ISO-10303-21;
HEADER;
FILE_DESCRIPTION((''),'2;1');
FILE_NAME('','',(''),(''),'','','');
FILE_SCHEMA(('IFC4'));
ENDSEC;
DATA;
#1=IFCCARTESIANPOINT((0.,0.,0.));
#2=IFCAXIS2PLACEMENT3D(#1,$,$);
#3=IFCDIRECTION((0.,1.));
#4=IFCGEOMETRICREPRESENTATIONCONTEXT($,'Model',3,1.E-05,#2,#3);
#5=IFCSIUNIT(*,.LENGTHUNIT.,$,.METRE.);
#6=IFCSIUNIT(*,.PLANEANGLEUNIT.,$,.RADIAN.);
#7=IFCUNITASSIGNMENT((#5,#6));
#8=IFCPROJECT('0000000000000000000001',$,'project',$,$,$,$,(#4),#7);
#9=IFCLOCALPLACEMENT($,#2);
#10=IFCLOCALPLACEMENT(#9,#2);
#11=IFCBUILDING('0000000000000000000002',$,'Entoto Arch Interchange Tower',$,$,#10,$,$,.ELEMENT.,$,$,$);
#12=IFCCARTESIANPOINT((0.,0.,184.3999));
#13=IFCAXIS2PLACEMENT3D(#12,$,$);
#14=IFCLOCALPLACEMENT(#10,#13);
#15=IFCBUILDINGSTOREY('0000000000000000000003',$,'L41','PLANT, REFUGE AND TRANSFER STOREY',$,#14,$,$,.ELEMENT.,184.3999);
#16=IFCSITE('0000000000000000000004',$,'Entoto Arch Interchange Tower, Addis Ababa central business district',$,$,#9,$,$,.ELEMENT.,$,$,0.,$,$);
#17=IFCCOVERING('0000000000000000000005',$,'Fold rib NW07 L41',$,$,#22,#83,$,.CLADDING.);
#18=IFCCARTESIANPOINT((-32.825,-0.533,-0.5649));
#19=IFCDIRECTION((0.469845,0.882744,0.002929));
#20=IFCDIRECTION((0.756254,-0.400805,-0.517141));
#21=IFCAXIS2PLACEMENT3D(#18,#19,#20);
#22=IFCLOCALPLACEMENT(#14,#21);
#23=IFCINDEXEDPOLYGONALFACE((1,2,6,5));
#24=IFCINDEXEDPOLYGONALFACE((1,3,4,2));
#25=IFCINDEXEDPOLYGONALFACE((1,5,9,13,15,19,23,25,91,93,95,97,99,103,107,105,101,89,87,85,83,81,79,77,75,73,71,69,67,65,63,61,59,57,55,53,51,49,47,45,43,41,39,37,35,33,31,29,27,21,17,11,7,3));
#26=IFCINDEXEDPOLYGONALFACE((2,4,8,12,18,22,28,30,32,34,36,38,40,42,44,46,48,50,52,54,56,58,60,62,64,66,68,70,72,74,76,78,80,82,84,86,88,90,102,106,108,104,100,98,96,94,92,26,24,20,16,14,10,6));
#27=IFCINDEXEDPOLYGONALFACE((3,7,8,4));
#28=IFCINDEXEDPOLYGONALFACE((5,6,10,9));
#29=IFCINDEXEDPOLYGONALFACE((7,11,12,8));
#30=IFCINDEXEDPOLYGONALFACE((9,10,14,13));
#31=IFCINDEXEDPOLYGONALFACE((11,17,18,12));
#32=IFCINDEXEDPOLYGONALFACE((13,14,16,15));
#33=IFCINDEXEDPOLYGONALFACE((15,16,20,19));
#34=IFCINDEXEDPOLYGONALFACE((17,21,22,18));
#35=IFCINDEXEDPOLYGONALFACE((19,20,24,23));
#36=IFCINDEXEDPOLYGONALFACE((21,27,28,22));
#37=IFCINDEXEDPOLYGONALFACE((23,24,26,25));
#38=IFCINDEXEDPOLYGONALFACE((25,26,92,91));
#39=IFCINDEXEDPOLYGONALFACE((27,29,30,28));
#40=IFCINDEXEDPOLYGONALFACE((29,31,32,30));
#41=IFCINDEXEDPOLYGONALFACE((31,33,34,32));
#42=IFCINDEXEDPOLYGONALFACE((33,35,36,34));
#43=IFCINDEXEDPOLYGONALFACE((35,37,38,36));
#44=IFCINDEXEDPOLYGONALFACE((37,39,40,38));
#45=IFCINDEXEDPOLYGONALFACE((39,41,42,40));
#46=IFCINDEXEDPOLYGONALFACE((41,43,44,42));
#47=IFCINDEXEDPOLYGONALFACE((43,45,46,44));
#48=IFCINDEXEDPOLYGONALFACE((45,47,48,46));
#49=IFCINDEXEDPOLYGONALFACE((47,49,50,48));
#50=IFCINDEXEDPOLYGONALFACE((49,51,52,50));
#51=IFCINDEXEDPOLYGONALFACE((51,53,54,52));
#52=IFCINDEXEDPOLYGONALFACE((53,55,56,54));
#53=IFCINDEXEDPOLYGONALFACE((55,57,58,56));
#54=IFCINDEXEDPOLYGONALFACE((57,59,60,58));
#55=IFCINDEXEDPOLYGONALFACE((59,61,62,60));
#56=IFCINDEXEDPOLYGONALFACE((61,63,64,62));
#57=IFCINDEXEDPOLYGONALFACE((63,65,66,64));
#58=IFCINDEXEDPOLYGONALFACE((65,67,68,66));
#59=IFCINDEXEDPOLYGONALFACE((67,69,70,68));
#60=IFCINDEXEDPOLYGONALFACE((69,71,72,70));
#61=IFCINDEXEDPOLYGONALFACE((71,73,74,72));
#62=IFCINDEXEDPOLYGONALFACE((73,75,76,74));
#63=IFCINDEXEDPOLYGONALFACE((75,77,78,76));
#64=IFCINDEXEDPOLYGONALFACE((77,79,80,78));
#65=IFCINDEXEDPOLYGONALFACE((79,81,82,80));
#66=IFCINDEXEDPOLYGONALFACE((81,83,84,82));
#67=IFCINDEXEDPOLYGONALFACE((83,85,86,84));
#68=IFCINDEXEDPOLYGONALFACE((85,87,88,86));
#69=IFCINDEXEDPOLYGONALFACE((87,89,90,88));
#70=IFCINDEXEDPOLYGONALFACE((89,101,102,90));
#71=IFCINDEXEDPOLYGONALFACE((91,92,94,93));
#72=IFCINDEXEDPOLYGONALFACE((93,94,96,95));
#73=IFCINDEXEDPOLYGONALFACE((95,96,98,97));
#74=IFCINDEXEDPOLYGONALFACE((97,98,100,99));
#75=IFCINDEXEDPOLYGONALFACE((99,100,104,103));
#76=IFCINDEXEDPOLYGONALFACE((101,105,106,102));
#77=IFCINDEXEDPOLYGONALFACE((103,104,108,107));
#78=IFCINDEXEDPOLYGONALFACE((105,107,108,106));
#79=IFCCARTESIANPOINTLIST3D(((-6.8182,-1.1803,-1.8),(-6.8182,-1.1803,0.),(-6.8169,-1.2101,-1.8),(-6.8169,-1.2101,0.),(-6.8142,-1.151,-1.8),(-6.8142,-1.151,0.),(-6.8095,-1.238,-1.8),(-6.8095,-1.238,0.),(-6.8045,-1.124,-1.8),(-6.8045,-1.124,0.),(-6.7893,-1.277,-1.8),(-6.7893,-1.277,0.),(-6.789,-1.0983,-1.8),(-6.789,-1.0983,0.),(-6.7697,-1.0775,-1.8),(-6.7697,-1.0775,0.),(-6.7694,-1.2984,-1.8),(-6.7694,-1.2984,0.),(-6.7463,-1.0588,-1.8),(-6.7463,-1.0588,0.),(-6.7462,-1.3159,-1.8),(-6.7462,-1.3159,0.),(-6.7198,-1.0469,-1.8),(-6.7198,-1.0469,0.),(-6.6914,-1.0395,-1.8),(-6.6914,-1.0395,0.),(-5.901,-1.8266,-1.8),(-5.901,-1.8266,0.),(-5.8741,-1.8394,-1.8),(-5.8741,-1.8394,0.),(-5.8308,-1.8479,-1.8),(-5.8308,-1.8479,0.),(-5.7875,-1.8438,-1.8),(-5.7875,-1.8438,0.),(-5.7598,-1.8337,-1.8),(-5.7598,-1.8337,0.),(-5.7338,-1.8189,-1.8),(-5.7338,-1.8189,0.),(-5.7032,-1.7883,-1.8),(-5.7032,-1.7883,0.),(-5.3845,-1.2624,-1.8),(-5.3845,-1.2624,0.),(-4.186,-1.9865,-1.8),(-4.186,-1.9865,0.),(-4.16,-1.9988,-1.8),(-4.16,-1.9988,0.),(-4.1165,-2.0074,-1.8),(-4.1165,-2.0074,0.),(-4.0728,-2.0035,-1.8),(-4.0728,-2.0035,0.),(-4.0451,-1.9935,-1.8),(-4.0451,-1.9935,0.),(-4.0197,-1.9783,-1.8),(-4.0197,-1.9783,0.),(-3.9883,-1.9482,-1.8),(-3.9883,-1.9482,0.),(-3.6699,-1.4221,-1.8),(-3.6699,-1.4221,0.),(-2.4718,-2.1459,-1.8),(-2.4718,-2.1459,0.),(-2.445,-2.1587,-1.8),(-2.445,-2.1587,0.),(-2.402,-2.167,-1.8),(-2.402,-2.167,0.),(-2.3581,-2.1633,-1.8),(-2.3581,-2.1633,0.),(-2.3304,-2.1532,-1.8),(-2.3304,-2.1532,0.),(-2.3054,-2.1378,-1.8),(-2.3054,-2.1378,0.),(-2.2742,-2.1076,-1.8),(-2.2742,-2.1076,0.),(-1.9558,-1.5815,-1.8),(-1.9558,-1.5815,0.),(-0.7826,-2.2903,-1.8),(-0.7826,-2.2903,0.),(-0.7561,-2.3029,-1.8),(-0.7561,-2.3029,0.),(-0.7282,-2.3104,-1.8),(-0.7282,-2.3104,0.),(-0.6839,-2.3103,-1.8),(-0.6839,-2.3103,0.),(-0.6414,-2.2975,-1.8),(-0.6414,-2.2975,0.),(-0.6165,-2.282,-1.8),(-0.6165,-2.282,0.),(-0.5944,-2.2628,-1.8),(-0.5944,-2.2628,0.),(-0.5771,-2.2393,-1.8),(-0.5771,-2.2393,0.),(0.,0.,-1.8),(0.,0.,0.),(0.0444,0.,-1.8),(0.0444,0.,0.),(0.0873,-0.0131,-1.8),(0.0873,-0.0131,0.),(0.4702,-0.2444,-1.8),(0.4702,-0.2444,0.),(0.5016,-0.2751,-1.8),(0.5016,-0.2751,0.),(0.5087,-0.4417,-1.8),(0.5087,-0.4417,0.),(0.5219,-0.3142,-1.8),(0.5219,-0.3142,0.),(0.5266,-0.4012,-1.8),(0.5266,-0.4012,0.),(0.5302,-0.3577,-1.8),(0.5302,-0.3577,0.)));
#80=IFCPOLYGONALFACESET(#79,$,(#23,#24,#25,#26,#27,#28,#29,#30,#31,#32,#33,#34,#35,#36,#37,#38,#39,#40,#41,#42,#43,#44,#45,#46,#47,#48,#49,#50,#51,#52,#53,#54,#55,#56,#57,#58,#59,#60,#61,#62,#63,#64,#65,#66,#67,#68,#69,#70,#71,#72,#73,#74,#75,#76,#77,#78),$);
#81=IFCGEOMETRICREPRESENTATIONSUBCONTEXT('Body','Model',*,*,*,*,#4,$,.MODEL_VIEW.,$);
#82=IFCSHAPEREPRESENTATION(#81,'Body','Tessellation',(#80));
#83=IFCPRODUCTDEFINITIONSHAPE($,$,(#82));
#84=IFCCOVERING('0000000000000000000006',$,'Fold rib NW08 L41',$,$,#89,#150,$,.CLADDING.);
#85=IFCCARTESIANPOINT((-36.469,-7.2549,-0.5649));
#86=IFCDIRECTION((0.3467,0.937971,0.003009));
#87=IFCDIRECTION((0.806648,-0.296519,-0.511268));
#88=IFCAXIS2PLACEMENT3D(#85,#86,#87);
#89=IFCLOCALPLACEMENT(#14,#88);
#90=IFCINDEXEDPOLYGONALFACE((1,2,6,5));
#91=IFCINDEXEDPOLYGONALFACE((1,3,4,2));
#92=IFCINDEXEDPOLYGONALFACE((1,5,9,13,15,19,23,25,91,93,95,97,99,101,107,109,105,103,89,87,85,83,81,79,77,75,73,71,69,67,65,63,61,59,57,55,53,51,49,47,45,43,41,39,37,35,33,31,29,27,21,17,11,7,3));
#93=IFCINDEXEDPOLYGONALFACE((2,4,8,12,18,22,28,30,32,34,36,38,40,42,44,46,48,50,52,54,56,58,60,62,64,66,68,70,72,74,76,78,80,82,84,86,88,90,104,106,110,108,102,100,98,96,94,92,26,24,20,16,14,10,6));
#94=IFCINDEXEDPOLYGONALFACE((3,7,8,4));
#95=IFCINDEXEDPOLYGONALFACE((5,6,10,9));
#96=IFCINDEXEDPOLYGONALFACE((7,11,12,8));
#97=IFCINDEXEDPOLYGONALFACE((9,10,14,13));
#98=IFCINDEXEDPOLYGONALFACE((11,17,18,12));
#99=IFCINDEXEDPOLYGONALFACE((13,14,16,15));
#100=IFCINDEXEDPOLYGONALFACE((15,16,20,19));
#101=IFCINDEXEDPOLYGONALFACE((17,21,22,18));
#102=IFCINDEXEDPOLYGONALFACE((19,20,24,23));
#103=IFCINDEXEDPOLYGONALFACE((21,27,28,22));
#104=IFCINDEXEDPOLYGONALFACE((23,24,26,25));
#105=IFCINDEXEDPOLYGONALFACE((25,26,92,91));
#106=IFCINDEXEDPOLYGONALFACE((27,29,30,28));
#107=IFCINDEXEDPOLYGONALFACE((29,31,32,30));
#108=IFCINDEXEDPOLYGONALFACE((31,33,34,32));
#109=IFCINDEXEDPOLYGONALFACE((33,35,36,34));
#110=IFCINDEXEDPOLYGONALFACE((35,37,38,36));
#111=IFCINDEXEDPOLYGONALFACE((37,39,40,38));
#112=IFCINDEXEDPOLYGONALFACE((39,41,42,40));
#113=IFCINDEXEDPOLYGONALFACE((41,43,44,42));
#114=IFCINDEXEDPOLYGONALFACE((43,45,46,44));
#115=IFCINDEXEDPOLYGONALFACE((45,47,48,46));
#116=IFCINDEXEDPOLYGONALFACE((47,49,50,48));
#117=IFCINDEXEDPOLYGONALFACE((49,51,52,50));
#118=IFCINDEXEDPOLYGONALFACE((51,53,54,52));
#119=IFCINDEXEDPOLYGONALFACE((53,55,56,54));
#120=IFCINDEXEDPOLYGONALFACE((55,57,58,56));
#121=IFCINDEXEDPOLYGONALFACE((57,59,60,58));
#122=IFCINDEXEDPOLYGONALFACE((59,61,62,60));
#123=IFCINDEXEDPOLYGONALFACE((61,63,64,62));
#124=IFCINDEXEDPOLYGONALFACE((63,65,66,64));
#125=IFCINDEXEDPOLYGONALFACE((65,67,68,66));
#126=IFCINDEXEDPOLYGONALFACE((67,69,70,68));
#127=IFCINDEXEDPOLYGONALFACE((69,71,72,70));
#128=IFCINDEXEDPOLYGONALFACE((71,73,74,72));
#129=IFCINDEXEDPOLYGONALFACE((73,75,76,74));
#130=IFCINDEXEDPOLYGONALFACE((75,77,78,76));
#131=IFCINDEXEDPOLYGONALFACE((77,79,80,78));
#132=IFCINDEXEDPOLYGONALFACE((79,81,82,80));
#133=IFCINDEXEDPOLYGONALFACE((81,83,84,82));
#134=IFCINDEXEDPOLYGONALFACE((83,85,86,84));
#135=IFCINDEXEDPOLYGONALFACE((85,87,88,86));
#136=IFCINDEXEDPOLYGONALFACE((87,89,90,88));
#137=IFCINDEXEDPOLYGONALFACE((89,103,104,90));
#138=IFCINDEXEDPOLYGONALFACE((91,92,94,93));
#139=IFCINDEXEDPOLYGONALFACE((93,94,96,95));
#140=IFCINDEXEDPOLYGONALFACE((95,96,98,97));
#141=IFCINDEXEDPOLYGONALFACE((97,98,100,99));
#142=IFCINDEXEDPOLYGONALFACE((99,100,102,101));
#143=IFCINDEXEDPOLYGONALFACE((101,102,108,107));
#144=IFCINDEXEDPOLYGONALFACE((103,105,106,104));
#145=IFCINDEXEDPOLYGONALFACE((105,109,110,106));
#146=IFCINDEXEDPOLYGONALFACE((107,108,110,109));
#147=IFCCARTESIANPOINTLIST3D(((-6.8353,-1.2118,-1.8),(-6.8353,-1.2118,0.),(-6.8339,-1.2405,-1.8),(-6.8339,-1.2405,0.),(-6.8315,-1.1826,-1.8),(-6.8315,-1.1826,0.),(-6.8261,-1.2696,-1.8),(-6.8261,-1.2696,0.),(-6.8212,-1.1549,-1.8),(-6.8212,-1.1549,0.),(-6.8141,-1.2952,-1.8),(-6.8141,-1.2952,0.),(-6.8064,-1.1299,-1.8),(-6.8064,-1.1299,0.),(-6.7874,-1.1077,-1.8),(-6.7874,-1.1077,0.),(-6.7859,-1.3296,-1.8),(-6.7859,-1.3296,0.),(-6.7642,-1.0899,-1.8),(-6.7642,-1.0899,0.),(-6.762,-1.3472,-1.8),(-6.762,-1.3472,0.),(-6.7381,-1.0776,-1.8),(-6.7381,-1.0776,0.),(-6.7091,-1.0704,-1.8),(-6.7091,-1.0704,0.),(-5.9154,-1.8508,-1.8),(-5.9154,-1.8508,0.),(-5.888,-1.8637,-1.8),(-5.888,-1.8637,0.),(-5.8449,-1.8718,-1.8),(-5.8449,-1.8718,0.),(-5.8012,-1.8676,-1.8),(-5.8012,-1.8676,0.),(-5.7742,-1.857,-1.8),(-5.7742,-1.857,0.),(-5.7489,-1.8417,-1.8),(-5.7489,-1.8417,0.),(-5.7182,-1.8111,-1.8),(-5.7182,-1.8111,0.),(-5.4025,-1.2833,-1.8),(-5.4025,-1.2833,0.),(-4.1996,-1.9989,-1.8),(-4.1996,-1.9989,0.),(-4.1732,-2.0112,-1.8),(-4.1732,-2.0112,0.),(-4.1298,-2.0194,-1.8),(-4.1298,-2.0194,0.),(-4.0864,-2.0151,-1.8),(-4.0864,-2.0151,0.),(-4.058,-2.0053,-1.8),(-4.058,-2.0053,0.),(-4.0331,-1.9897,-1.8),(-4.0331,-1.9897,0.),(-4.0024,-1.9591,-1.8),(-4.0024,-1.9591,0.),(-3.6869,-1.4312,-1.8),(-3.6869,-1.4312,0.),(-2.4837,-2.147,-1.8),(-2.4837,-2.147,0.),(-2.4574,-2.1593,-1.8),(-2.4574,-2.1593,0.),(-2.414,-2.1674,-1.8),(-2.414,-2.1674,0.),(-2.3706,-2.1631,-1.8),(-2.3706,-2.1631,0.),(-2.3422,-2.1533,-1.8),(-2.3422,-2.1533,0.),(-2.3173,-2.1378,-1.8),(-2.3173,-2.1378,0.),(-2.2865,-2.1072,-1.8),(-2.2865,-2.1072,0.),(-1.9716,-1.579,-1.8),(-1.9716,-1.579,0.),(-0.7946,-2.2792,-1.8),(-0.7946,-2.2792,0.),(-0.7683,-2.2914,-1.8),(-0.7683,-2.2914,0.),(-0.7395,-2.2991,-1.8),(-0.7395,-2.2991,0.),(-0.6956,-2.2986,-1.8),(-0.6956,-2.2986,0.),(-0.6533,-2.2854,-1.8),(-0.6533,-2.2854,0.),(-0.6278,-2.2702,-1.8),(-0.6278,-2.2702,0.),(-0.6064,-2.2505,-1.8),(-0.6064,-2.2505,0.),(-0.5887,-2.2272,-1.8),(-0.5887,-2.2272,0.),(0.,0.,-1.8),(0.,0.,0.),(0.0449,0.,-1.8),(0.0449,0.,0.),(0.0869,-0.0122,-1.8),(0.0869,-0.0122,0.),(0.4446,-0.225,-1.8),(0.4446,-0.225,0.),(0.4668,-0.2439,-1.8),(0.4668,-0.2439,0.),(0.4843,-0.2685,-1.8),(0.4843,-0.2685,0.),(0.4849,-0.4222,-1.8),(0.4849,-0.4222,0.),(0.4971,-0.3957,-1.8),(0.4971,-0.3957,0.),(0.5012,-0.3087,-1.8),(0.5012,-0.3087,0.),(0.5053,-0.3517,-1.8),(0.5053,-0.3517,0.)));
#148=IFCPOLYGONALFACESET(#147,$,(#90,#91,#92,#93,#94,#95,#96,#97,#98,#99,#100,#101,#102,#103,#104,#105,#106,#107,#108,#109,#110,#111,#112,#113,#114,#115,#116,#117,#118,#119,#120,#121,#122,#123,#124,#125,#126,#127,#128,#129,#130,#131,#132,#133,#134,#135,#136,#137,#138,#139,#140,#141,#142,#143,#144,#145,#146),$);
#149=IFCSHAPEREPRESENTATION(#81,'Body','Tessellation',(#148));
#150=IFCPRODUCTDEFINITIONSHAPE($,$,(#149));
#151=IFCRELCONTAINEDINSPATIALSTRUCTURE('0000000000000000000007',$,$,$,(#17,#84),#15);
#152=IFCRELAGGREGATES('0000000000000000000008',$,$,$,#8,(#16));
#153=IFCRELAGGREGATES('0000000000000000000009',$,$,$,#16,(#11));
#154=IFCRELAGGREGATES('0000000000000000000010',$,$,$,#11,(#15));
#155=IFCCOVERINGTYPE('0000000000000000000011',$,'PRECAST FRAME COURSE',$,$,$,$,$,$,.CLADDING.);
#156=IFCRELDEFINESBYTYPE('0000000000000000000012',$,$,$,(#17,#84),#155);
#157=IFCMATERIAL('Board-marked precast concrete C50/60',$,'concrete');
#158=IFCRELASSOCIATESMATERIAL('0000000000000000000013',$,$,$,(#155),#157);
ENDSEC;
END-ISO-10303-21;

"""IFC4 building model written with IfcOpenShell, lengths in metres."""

from ifc_helpers import new_model, si_unit, direction, frame, origin, place, context, subcontext, project, spatial, polyline, outline, extrude, material, type_object, element, save


model = new_model("IFC4")

# Units and contexts
model_context = context("Model", 3, precision=1e-05, world=origin(), true_north=direction((0.0, 1.0)))
body_context = subcontext(model_context, "Body", "Model", "MODEL_VIEW")
ifc_project = project(units=[si_unit("LENGTHUNIT", "METRE"), si_unit("PLANEANGLEUNIT", "RADIAN")], contexts=[model_context])

# Site, building, storey
site_placement = place(None, origin())
site = spatial("IfcSite", under=ifc_project, at=site_placement, Name="Entoto Arch Interchange Tower, Addis Ababa central business district", CompositionType="ELEMENT", RefElevation=0.0)
building_placement = place(site_placement, origin())
building = spatial("IfcBuilding", under=site, at=building_placement, Name="Entoto Arch Interchange Tower", CompositionType="ELEMENT")
storey_placement = place(building_placement, frame((0.0, 0.0, 184.3999)))
storey = spatial("IfcBuildingStorey", under=building, at=storey_placement, Name="L41", Description="PLANT, REFUGE AND TRANSFER STOREY", CompositionType="ELEMENT", Elevation=184.3999)

# Shared definitions
ifc_material_1 = material(Name="Board-marked precast concrete C50/60", Category="concrete")

# Coverings
covering_type = type_object("IfcCoveringType", Name="PRECAST FRAME COURSE", PredefinedType="CLADDING", material=ifc_material_1)
covering_1_placement = place(storey_placement, frame((-32.825, -0.533, -0.5649), z_axis=(0.469845, 0.882744, 0.002929), x_axis=(0.756254, -0.400805, -0.517141)))
element("IfcCovering", 1, at=covering_1_placement, inside=storey, type_object=covering_type, Name="Fold rib NW07 L41", PredefinedType="CLADDING", context=body_context, shape_type="SweptSolid", body=[
    extrude(outline(polyline([(0.0, 0.0), (0.0444, 0.0), (0.0873, -0.0131), (0.4702, -0.2444), (0.5016, -0.2751), (0.5219, -0.3142), (0.5302, -0.3577), (0.5266, -0.4012), (0.5087, -0.4417), (-0.5771, -2.2393), (-0.5944, -2.2628), (-0.6165, -2.282), (-0.6414, -2.2975), (-0.6839, -2.3103), (-0.7282, -2.3104), (-0.7561, -2.3029), (-0.7826, -2.2903), (-1.9558, -1.5815), (-2.2742, -2.1076), (-2.3054, -2.1378), (-2.3304, -2.1532), (-2.3581, -2.1633), (-2.402, -2.167), (-2.445, -2.1587), (-2.4718, -2.1459), (-3.6699, -1.4221), (-3.9883, -1.9482), (-4.0197, -1.9783), (-4.0451, -1.9935), (-4.0728, -2.0035), (-4.1165, -2.0074), (-4.16, -1.9988), (-4.186, -1.9865), (-5.3845, -1.2624), (-5.7032, -1.7883), (-5.7338, -1.8189), (-5.7598, -1.8337), (-5.7875, -1.8438), (-5.8308, -1.8479), (-5.8741, -1.8394), (-5.901, -1.8266), (-6.7462, -1.3159), (-6.7694, -1.2984), (-6.7893, -1.277), (-6.8095, -1.238), (-6.8169, -1.2101), (-6.8182, -1.1803), (-6.8142, -1.151), (-6.8045, -1.124), (-6.789, -1.0983), (-6.7697, -1.0775), (-6.7463, -1.0588), (-6.7198, -1.0469), (-6.6914, -1.0395), (0.0, 0.0)])), origin(), (0.0, 0.0, -1.0), 1.8),
])
covering_2_placement = place(storey_placement, frame((-36.469, -7.2549, -0.5649), z_axis=(0.3467, 0.937971, 0.003009), x_axis=(0.806648, -0.296519, -0.511268)))
element("IfcCovering", 2, at=covering_2_placement, inside=storey, type_object=covering_type, Name="Fold rib NW08 L41", PredefinedType="CLADDING", context=body_context, shape_type="SweptSolid", body=[
    extrude(outline(polyline([(0.0, 0.0), (0.0449, 0.0), (0.0869, -0.0122), (0.4446, -0.225), (0.4668, -0.2439), (0.4843, -0.2685), (0.5012, -0.3087), (0.5053, -0.3517), (0.4971, -0.3957), (0.4849, -0.4222), (-0.5887, -2.2272), (-0.6064, -2.2505), (-0.6278, -2.2702), (-0.6533, -2.2854), (-0.6956, -2.2986), (-0.7395, -2.2991), (-0.7683, -2.2914), (-0.7946, -2.2792), (-1.9716, -1.579), (-2.2865, -2.1072), (-2.3173, -2.1378), (-2.3422, -2.1533), (-2.3706, -2.1631), (-2.414, -2.1674), (-2.4574, -2.1593), (-2.4837, -2.147), (-3.6869, -1.4312), (-4.0024, -1.9591), (-4.0331, -1.9897), (-4.058, -2.0053), (-4.0864, -2.0151), (-4.1298, -2.0194), (-4.1732, -2.0112), (-4.1996, -1.9989), (-5.4025, -1.2833), (-5.7182, -1.8111), (-5.7489, -1.8417), (-5.7742, -1.857), (-5.8012, -1.8676), (-5.8449, -1.8718), (-5.888, -1.8637), (-5.9154, -1.8508), (-6.762, -1.3472), (-6.7859, -1.3296), (-6.8141, -1.2952), (-6.8261, -1.2696), (-6.8339, -1.2405), (-6.8353, -1.2118), (-6.8315, -1.1826), (-6.8212, -1.1549), (-6.8064, -1.1299), (-6.7874, -1.1077), (-6.7642, -1.0899), (-6.7381, -1.0776), (-6.7091, -1.0704), (0.0, 0.0)])), origin(), (0.0, 0.0, -1.0), 1.8),
])

save(model, "model.ifc")
